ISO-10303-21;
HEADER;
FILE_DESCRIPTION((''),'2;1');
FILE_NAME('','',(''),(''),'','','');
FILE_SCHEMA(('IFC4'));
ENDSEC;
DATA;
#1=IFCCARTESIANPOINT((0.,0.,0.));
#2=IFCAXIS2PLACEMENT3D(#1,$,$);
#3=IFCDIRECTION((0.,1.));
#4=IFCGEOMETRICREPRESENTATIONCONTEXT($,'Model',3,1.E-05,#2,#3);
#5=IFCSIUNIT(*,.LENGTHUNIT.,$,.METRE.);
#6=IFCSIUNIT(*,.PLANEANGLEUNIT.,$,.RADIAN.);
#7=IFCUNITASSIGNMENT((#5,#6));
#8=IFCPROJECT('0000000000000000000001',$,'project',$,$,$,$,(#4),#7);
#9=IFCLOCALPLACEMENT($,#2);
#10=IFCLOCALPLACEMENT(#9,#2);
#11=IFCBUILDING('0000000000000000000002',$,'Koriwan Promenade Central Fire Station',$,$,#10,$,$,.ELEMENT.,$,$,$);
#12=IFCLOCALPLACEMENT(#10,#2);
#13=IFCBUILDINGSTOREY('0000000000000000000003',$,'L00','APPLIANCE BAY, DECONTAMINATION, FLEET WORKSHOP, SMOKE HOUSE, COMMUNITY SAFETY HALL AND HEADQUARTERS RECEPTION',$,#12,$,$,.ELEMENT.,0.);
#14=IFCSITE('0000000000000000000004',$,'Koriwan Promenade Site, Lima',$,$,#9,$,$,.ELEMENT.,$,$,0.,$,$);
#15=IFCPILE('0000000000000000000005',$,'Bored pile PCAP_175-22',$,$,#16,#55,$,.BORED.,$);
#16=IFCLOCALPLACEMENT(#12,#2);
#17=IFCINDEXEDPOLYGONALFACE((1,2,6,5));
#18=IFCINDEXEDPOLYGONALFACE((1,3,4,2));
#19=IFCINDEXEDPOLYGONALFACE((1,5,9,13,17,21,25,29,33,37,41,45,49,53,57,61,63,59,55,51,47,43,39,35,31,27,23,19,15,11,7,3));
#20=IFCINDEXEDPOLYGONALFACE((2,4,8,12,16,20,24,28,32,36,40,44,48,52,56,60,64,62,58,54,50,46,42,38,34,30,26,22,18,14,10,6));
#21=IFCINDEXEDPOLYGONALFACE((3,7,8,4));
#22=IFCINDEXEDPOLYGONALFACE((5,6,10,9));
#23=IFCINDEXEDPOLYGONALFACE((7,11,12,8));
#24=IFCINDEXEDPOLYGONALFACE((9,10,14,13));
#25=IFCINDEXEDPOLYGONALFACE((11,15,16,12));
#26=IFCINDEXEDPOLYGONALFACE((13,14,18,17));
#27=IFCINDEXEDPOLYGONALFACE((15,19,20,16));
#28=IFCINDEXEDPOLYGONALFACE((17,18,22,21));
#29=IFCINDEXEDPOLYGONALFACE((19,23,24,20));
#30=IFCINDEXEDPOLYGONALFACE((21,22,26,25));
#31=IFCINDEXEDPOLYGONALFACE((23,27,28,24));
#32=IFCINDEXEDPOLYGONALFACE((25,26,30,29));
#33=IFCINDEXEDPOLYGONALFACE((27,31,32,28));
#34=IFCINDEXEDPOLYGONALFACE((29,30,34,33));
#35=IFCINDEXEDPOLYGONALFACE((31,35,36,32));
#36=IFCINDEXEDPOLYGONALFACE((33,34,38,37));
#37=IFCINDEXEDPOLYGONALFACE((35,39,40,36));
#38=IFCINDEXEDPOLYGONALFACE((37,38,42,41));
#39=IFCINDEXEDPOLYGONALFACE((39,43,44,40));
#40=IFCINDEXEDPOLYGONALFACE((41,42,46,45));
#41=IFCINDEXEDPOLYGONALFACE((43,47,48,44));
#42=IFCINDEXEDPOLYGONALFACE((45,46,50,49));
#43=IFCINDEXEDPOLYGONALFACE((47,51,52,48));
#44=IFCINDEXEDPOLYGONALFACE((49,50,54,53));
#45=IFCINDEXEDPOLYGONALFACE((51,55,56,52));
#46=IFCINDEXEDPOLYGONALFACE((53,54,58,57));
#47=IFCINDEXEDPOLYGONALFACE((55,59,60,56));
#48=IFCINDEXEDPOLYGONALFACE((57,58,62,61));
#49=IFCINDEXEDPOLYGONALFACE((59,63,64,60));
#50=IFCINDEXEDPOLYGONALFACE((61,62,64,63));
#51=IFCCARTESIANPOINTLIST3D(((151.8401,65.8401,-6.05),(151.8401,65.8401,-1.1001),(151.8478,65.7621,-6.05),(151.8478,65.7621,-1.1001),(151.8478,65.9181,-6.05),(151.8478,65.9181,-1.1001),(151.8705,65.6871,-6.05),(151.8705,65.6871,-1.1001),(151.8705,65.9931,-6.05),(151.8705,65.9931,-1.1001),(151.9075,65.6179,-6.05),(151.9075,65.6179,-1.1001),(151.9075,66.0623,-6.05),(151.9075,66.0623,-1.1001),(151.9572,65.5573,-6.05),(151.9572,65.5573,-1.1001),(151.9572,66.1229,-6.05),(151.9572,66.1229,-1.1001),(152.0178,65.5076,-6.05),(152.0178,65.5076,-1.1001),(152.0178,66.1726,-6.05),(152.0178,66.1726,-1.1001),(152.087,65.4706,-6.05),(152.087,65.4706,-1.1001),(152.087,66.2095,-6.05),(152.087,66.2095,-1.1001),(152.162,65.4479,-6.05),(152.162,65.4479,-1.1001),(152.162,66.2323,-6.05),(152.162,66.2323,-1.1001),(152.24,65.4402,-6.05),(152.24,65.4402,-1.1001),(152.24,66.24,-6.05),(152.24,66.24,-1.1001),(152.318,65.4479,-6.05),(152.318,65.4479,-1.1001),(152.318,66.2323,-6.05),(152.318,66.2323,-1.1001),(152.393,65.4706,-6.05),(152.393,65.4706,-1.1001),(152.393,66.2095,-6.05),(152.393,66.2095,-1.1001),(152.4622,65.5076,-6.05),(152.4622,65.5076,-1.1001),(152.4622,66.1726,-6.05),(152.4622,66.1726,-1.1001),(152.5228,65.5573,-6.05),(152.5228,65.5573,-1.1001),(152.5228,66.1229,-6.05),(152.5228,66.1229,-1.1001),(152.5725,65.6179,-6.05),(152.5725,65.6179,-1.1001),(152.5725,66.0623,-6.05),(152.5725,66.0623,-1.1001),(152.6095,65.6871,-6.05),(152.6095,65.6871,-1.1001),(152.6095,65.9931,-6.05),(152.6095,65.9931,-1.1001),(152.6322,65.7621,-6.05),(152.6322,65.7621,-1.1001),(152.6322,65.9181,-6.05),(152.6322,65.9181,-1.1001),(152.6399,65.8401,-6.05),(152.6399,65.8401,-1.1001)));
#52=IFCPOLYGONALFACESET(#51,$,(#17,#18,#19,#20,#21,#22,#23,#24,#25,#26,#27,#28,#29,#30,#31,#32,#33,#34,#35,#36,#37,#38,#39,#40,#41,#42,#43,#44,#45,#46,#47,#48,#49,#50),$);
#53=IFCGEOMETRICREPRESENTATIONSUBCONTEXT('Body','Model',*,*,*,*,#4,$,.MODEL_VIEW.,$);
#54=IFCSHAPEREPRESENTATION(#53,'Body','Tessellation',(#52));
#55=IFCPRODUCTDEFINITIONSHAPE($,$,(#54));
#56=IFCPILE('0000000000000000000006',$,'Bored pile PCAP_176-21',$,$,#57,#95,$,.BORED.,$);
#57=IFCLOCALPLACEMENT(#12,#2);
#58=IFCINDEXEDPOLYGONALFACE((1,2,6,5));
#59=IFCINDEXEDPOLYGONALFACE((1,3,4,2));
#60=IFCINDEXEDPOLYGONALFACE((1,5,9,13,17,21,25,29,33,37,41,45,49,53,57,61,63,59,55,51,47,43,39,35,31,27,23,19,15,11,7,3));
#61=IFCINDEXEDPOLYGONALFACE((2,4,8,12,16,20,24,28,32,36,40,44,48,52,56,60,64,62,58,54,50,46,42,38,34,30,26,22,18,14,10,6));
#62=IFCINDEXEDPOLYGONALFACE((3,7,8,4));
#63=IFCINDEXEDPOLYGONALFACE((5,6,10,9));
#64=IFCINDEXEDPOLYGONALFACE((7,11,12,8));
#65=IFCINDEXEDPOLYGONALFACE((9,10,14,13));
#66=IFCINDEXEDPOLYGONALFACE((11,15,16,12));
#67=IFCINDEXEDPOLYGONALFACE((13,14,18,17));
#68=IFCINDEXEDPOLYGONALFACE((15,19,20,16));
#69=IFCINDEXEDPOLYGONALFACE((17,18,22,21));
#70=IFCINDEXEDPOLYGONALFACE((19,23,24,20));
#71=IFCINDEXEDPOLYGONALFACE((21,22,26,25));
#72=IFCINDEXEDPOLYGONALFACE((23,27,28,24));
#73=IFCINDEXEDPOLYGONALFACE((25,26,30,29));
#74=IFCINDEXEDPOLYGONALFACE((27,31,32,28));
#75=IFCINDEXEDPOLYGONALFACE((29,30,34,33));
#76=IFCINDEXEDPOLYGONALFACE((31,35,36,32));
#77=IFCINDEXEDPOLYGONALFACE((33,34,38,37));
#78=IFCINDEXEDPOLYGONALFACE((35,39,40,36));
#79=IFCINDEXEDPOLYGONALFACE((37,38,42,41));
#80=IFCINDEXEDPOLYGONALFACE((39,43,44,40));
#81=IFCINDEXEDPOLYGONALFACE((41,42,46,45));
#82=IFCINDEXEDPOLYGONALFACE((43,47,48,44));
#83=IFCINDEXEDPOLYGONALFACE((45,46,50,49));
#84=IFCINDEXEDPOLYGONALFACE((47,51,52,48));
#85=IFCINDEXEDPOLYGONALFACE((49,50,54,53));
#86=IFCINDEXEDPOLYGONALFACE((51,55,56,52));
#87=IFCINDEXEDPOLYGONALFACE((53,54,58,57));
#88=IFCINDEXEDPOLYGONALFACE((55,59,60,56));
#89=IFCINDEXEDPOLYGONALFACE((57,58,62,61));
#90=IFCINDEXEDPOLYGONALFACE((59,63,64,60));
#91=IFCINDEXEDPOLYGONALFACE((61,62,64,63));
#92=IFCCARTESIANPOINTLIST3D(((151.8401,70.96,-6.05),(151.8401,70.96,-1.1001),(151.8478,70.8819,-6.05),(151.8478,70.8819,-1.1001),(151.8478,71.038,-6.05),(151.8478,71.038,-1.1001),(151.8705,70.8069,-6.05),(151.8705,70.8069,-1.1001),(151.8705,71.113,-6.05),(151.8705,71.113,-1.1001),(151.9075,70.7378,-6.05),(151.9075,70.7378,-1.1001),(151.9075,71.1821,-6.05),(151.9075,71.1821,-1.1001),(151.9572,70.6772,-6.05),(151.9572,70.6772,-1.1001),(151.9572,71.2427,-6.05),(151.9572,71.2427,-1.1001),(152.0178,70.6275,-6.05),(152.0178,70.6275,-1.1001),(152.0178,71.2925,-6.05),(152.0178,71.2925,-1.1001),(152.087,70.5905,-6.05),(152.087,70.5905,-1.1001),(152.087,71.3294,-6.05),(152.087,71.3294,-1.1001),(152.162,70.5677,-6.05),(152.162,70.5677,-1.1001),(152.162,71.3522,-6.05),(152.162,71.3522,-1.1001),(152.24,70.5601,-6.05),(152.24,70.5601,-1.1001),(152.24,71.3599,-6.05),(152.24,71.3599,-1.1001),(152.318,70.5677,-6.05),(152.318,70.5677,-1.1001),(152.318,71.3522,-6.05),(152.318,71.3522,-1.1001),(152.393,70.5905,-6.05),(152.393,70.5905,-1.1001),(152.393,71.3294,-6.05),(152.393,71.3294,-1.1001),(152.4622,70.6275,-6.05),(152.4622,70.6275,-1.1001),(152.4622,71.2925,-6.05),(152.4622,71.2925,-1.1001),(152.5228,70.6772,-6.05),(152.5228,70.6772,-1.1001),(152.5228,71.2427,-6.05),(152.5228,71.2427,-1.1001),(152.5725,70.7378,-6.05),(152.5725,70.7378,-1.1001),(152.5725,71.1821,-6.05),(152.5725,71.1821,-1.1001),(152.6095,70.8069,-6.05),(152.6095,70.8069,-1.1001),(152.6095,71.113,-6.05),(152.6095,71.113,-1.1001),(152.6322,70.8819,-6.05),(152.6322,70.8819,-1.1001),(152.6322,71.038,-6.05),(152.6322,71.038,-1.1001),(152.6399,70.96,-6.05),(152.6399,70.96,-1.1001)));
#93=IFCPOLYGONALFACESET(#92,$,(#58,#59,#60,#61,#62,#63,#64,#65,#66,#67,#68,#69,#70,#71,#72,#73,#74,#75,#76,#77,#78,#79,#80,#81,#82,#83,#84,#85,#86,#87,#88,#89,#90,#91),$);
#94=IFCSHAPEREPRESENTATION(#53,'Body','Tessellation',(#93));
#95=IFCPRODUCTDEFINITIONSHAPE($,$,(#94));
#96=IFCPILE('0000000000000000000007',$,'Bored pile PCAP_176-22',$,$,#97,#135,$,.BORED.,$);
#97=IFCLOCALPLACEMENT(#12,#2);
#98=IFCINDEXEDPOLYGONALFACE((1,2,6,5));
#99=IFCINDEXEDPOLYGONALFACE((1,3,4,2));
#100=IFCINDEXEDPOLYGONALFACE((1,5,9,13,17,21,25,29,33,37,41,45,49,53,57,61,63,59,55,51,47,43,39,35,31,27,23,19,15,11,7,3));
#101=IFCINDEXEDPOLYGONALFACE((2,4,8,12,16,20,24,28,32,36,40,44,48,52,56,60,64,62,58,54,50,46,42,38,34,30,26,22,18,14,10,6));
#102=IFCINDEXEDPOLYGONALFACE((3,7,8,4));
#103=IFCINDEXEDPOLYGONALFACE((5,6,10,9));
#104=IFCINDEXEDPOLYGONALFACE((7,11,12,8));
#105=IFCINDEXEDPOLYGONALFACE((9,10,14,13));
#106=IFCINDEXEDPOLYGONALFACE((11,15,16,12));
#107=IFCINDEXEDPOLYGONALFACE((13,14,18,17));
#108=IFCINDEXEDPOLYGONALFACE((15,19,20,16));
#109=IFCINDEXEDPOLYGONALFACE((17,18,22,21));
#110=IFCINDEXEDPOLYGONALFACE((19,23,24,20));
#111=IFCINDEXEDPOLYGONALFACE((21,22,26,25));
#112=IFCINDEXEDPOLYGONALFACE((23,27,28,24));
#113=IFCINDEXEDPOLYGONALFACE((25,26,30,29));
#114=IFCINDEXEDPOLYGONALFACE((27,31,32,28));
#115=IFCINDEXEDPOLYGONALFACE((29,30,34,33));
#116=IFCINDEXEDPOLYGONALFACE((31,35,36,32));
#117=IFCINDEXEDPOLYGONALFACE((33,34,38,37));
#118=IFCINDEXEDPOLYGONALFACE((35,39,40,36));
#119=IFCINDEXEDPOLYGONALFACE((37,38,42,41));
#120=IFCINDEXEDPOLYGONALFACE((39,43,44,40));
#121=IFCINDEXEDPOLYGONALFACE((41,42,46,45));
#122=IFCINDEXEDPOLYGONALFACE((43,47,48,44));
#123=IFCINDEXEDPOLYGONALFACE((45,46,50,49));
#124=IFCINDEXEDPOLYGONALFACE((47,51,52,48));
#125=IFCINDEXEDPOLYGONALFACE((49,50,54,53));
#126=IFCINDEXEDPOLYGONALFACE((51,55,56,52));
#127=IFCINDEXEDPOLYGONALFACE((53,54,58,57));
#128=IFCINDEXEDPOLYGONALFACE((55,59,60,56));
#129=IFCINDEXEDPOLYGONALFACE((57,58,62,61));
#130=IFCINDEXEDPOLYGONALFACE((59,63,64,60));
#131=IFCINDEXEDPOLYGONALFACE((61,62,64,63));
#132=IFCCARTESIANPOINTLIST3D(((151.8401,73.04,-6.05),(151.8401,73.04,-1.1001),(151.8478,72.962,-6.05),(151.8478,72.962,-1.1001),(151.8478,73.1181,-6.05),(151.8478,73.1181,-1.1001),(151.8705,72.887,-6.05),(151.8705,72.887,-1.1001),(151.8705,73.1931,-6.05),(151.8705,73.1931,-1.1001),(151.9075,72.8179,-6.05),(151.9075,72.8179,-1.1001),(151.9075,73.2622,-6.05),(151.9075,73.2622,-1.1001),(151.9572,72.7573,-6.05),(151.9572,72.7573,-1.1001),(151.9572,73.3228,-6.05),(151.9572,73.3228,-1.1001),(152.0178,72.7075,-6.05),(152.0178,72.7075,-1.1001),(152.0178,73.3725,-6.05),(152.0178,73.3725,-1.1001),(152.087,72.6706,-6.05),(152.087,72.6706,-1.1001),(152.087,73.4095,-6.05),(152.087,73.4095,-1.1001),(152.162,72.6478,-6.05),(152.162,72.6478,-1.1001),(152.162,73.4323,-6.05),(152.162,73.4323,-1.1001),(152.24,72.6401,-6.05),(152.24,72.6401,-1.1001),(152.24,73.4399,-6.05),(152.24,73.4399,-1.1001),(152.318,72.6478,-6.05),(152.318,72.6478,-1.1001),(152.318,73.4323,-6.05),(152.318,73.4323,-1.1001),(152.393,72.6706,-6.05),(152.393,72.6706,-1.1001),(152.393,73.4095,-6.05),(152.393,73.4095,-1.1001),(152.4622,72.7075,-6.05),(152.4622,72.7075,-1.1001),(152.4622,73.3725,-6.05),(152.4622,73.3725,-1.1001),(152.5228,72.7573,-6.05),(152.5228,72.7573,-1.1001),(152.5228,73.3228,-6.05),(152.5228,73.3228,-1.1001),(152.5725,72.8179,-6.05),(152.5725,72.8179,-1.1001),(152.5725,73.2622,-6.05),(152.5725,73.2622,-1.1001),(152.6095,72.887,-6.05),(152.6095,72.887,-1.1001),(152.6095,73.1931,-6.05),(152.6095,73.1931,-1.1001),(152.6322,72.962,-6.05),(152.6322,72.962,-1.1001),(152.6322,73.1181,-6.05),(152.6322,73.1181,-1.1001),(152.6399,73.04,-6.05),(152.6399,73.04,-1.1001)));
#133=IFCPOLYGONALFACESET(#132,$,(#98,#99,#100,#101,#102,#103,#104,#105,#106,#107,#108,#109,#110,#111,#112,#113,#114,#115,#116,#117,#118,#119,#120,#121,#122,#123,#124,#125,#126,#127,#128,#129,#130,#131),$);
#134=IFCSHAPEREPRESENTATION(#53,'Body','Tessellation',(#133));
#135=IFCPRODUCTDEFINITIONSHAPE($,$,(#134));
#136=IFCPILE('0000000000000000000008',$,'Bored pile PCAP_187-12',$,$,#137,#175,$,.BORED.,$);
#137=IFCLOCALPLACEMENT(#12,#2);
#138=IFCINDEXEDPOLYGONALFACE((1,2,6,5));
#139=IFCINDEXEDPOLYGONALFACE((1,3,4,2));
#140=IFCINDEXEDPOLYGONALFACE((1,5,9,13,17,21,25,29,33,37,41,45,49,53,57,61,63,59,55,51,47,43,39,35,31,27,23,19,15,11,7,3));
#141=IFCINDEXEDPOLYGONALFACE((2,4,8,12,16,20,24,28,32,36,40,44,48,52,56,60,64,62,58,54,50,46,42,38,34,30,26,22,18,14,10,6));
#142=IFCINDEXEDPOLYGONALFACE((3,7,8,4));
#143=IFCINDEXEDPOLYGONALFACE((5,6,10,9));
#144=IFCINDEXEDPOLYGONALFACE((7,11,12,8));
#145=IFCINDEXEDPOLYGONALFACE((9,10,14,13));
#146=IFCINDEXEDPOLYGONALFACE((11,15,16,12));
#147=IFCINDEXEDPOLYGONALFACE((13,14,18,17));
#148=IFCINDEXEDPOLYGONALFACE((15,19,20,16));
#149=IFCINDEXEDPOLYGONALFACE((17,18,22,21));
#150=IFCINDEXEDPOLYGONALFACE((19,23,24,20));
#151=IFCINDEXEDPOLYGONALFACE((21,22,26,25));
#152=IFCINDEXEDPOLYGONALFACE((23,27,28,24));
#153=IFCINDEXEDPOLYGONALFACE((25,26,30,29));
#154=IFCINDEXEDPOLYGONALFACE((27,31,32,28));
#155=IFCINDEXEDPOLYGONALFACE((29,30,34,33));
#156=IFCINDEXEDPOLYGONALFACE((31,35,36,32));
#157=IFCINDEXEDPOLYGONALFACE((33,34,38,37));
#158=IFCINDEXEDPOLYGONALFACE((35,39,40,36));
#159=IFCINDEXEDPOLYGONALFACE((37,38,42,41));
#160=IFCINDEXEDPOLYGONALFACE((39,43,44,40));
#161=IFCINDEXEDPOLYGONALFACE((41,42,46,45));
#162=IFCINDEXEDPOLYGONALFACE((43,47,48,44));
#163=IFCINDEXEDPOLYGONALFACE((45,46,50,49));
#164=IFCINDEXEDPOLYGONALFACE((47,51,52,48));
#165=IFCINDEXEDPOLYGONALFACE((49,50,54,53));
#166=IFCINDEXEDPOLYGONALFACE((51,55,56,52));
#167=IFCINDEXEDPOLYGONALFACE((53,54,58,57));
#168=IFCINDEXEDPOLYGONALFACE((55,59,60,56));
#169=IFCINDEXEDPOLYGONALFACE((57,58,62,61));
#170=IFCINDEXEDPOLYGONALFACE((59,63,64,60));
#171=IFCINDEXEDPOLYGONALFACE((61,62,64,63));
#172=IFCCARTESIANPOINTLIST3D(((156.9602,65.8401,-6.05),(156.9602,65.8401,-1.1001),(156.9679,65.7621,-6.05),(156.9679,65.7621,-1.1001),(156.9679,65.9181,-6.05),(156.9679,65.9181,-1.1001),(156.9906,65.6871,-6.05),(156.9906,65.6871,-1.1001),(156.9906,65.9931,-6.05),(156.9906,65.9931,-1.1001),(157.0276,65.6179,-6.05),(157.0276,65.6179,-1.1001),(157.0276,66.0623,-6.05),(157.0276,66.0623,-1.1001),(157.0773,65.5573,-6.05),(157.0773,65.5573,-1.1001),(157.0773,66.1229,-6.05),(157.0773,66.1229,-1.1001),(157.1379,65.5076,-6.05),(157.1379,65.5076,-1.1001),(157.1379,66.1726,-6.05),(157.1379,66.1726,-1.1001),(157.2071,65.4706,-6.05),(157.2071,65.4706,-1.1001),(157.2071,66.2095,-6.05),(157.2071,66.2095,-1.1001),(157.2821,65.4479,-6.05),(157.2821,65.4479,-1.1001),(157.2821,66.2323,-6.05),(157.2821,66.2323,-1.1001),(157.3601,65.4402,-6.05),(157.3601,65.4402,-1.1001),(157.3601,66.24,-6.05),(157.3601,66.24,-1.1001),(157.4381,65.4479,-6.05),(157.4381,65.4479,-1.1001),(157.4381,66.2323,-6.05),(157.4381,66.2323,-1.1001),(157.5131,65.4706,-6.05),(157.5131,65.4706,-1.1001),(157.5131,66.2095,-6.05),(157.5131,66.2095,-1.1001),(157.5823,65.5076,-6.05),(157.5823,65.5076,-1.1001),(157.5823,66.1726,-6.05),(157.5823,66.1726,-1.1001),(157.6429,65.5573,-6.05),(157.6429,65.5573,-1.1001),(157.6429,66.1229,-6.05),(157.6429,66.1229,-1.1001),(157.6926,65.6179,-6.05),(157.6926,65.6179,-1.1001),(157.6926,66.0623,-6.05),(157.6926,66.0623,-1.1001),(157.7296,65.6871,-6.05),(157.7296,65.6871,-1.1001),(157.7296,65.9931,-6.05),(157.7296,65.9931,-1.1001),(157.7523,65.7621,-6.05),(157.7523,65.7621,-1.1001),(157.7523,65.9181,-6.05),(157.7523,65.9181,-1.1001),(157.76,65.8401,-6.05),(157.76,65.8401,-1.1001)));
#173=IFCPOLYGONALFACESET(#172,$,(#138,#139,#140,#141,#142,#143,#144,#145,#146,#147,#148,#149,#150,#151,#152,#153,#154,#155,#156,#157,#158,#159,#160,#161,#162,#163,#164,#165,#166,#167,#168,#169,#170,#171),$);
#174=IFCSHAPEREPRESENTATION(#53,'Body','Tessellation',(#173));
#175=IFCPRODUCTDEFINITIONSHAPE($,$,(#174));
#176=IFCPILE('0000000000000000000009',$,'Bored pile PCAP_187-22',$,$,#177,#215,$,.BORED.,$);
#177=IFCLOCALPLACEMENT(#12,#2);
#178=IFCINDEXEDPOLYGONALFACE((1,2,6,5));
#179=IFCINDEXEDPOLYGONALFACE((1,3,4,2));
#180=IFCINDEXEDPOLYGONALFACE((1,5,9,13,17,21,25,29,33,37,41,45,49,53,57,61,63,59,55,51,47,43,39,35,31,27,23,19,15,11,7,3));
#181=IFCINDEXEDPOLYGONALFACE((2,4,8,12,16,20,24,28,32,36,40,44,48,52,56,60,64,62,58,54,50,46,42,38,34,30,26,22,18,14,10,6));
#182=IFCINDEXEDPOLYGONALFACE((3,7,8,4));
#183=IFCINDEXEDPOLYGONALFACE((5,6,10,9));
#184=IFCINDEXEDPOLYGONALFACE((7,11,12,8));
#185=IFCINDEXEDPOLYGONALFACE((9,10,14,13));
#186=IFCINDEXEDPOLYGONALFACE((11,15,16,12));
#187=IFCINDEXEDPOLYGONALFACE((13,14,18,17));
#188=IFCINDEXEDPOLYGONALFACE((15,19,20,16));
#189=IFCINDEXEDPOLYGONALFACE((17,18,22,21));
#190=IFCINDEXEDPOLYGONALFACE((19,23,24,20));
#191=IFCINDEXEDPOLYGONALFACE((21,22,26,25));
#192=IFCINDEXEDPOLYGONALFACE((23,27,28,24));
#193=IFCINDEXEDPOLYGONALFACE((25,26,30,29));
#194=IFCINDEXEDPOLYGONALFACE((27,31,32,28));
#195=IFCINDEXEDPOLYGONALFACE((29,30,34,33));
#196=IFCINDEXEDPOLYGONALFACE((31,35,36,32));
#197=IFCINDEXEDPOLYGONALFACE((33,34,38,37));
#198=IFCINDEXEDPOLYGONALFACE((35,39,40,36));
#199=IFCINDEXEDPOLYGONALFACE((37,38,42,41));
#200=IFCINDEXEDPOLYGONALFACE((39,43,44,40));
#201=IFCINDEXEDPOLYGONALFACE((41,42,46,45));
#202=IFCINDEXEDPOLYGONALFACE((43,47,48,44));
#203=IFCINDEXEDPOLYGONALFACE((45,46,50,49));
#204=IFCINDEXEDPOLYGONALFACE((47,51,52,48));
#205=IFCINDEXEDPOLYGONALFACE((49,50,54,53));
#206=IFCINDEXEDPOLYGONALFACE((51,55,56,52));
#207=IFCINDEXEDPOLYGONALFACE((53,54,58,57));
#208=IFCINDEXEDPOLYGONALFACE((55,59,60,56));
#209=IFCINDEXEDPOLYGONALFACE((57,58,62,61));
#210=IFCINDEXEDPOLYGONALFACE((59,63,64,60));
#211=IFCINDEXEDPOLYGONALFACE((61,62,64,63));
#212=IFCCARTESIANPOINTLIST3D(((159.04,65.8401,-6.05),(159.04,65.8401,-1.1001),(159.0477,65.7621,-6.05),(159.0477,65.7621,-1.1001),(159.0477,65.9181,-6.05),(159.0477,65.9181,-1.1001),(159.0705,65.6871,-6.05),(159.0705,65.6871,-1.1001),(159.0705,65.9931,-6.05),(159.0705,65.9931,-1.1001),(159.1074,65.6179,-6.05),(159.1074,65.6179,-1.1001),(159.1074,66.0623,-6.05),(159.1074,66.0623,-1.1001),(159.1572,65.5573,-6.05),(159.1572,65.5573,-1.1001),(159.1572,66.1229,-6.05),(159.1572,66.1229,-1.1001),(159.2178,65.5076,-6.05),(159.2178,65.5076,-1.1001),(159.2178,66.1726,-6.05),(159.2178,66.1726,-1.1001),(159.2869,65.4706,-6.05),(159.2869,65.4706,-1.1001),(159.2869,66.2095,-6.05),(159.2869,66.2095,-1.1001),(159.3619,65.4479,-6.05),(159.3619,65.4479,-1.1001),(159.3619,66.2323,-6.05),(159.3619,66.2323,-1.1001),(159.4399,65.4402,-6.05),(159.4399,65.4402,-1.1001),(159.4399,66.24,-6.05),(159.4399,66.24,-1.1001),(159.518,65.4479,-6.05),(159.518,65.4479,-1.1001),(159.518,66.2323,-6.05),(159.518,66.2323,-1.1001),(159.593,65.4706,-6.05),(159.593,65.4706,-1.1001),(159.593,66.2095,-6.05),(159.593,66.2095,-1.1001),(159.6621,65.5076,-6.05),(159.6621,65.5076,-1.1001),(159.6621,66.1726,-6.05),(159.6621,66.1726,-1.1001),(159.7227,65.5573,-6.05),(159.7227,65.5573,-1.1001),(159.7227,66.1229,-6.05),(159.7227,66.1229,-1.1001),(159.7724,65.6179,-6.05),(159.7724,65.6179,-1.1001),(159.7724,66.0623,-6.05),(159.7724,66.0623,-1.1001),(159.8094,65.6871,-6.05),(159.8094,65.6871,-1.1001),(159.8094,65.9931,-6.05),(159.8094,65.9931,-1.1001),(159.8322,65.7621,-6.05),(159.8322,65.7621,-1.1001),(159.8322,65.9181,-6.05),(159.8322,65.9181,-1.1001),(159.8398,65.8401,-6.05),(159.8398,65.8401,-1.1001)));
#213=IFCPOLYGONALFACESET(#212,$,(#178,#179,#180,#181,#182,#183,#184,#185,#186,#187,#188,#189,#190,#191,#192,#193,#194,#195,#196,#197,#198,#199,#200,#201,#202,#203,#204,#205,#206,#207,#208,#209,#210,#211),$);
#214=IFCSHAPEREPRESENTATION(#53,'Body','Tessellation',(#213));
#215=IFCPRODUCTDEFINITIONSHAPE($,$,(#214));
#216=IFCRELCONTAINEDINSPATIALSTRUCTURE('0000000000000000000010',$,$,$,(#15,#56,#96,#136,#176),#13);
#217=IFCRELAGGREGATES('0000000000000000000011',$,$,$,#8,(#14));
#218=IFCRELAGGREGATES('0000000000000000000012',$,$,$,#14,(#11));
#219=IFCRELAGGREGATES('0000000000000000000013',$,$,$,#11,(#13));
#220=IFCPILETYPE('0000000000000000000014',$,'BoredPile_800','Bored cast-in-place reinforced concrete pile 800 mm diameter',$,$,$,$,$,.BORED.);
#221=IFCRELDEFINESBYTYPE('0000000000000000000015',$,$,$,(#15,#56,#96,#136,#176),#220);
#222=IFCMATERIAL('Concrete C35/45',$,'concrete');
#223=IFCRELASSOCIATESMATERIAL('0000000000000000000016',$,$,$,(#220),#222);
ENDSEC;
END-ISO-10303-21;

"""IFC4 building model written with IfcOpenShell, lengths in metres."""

from ifc_helpers import new_model, si_unit, direction, frame, origin, origin_2d, place, context, subcontext, project, spatial, circle, extrude, material, material_profile, profile_set, type_object, element, save


model = new_model("IFC4")

# Units and contexts
model_context = context("Model", 3, precision=1e-05, world=origin(), true_north=direction((0.0, 1.0)))
body_context = subcontext(model_context, "Body", "Model", "MODEL_VIEW")
ifc_project = project(units=[si_unit("LENGTHUNIT", "METRE"), si_unit("PLANEANGLEUNIT", "RADIAN")], contexts=[model_context])

# Site, building, storey
site_placement = place(None, origin())
site = spatial("IfcSite", under=ifc_project, at=site_placement, Name="Koriwan Promenade Site, Lima", CompositionType="ELEMENT", RefElevation=0.0)
building_placement = place(site_placement, origin())
building = spatial("IfcBuilding", under=site, at=building_placement, Name="Koriwan Promenade Central Fire Station", CompositionType="ELEMENT")
storey_placement = place(building_placement, origin())
storey = spatial("IfcBuildingStorey", under=building, at=storey_placement, Name="L00", Description="APPLIANCE BAY, DECONTAMINATION, FLEET WORKSHOP, SMOKE HOUSE, COMMUNITY SAFETY HALL AND HEADQUARTERS RECEPTION", CompositionType="ELEMENT", Elevation=0.0)

# Piles
ifc_material_1 = material(Name="Concrete C35/45", Category="concrete")
ifc_material_profile_1 = material_profile(ifc_material_1, circle(Radius=0.3999, at=origin_2d()), Name="PILE-D800")
ifc_profile_set_1 = profile_set([ifc_material_profile_1], Name="Concrete C35/45")
pile_type = type_object("IfcPileType", Name="BoredPile_800", Description="Bored cast-in-place reinforced concrete pile 800 mm diameter", PredefinedType="BORED", material=ifc_profile_set_1)
for number, where, z_axis, x_axis, name in (
    (1, (152.24, 65.8401, -1.1001), (0.0, 0.0, -1.0), (1.0, 0.0, 0.0), "Bored pile PCAP_175-22"),
    (2, (152.24, 70.96, -1.1001), (0.0, 0.0, -1.0), (1.0, 0.0, 0.0), "Bored pile PCAP_176-21"),
    (3, (152.24, 73.04, -1.1001), (0.0, 0.0, -1.0), (1.0, 0.0, 0.0), "Bored pile PCAP_176-22"),
    (4, (157.3601, 65.8401, -1.1001), (0.0, 0.0, -1.0), (1.0, 0.0, 0.0), "Bored pile PCAP_187-12"),
    (5, (159.4399, 65.8401, -1.1001), (0.0, 0.0, -1.0), (1.0, 0.0, 0.0), "Bored pile PCAP_187-22"),
):
    element("IfcPile", number, at=place(storey_placement, frame(where, z_axis=z_axis, x_axis=x_axis)), inside=storey, type_object=pile_type, Name=name, PredefinedType="BORED", context=body_context, shape_type="SweptSolid", body=[
        extrude(circle(Radius=0.3999, at=origin_2d()), origin(), (0.0, 0.0, 1.0), 4.95),
    ])

save(model, "model.ifc")
